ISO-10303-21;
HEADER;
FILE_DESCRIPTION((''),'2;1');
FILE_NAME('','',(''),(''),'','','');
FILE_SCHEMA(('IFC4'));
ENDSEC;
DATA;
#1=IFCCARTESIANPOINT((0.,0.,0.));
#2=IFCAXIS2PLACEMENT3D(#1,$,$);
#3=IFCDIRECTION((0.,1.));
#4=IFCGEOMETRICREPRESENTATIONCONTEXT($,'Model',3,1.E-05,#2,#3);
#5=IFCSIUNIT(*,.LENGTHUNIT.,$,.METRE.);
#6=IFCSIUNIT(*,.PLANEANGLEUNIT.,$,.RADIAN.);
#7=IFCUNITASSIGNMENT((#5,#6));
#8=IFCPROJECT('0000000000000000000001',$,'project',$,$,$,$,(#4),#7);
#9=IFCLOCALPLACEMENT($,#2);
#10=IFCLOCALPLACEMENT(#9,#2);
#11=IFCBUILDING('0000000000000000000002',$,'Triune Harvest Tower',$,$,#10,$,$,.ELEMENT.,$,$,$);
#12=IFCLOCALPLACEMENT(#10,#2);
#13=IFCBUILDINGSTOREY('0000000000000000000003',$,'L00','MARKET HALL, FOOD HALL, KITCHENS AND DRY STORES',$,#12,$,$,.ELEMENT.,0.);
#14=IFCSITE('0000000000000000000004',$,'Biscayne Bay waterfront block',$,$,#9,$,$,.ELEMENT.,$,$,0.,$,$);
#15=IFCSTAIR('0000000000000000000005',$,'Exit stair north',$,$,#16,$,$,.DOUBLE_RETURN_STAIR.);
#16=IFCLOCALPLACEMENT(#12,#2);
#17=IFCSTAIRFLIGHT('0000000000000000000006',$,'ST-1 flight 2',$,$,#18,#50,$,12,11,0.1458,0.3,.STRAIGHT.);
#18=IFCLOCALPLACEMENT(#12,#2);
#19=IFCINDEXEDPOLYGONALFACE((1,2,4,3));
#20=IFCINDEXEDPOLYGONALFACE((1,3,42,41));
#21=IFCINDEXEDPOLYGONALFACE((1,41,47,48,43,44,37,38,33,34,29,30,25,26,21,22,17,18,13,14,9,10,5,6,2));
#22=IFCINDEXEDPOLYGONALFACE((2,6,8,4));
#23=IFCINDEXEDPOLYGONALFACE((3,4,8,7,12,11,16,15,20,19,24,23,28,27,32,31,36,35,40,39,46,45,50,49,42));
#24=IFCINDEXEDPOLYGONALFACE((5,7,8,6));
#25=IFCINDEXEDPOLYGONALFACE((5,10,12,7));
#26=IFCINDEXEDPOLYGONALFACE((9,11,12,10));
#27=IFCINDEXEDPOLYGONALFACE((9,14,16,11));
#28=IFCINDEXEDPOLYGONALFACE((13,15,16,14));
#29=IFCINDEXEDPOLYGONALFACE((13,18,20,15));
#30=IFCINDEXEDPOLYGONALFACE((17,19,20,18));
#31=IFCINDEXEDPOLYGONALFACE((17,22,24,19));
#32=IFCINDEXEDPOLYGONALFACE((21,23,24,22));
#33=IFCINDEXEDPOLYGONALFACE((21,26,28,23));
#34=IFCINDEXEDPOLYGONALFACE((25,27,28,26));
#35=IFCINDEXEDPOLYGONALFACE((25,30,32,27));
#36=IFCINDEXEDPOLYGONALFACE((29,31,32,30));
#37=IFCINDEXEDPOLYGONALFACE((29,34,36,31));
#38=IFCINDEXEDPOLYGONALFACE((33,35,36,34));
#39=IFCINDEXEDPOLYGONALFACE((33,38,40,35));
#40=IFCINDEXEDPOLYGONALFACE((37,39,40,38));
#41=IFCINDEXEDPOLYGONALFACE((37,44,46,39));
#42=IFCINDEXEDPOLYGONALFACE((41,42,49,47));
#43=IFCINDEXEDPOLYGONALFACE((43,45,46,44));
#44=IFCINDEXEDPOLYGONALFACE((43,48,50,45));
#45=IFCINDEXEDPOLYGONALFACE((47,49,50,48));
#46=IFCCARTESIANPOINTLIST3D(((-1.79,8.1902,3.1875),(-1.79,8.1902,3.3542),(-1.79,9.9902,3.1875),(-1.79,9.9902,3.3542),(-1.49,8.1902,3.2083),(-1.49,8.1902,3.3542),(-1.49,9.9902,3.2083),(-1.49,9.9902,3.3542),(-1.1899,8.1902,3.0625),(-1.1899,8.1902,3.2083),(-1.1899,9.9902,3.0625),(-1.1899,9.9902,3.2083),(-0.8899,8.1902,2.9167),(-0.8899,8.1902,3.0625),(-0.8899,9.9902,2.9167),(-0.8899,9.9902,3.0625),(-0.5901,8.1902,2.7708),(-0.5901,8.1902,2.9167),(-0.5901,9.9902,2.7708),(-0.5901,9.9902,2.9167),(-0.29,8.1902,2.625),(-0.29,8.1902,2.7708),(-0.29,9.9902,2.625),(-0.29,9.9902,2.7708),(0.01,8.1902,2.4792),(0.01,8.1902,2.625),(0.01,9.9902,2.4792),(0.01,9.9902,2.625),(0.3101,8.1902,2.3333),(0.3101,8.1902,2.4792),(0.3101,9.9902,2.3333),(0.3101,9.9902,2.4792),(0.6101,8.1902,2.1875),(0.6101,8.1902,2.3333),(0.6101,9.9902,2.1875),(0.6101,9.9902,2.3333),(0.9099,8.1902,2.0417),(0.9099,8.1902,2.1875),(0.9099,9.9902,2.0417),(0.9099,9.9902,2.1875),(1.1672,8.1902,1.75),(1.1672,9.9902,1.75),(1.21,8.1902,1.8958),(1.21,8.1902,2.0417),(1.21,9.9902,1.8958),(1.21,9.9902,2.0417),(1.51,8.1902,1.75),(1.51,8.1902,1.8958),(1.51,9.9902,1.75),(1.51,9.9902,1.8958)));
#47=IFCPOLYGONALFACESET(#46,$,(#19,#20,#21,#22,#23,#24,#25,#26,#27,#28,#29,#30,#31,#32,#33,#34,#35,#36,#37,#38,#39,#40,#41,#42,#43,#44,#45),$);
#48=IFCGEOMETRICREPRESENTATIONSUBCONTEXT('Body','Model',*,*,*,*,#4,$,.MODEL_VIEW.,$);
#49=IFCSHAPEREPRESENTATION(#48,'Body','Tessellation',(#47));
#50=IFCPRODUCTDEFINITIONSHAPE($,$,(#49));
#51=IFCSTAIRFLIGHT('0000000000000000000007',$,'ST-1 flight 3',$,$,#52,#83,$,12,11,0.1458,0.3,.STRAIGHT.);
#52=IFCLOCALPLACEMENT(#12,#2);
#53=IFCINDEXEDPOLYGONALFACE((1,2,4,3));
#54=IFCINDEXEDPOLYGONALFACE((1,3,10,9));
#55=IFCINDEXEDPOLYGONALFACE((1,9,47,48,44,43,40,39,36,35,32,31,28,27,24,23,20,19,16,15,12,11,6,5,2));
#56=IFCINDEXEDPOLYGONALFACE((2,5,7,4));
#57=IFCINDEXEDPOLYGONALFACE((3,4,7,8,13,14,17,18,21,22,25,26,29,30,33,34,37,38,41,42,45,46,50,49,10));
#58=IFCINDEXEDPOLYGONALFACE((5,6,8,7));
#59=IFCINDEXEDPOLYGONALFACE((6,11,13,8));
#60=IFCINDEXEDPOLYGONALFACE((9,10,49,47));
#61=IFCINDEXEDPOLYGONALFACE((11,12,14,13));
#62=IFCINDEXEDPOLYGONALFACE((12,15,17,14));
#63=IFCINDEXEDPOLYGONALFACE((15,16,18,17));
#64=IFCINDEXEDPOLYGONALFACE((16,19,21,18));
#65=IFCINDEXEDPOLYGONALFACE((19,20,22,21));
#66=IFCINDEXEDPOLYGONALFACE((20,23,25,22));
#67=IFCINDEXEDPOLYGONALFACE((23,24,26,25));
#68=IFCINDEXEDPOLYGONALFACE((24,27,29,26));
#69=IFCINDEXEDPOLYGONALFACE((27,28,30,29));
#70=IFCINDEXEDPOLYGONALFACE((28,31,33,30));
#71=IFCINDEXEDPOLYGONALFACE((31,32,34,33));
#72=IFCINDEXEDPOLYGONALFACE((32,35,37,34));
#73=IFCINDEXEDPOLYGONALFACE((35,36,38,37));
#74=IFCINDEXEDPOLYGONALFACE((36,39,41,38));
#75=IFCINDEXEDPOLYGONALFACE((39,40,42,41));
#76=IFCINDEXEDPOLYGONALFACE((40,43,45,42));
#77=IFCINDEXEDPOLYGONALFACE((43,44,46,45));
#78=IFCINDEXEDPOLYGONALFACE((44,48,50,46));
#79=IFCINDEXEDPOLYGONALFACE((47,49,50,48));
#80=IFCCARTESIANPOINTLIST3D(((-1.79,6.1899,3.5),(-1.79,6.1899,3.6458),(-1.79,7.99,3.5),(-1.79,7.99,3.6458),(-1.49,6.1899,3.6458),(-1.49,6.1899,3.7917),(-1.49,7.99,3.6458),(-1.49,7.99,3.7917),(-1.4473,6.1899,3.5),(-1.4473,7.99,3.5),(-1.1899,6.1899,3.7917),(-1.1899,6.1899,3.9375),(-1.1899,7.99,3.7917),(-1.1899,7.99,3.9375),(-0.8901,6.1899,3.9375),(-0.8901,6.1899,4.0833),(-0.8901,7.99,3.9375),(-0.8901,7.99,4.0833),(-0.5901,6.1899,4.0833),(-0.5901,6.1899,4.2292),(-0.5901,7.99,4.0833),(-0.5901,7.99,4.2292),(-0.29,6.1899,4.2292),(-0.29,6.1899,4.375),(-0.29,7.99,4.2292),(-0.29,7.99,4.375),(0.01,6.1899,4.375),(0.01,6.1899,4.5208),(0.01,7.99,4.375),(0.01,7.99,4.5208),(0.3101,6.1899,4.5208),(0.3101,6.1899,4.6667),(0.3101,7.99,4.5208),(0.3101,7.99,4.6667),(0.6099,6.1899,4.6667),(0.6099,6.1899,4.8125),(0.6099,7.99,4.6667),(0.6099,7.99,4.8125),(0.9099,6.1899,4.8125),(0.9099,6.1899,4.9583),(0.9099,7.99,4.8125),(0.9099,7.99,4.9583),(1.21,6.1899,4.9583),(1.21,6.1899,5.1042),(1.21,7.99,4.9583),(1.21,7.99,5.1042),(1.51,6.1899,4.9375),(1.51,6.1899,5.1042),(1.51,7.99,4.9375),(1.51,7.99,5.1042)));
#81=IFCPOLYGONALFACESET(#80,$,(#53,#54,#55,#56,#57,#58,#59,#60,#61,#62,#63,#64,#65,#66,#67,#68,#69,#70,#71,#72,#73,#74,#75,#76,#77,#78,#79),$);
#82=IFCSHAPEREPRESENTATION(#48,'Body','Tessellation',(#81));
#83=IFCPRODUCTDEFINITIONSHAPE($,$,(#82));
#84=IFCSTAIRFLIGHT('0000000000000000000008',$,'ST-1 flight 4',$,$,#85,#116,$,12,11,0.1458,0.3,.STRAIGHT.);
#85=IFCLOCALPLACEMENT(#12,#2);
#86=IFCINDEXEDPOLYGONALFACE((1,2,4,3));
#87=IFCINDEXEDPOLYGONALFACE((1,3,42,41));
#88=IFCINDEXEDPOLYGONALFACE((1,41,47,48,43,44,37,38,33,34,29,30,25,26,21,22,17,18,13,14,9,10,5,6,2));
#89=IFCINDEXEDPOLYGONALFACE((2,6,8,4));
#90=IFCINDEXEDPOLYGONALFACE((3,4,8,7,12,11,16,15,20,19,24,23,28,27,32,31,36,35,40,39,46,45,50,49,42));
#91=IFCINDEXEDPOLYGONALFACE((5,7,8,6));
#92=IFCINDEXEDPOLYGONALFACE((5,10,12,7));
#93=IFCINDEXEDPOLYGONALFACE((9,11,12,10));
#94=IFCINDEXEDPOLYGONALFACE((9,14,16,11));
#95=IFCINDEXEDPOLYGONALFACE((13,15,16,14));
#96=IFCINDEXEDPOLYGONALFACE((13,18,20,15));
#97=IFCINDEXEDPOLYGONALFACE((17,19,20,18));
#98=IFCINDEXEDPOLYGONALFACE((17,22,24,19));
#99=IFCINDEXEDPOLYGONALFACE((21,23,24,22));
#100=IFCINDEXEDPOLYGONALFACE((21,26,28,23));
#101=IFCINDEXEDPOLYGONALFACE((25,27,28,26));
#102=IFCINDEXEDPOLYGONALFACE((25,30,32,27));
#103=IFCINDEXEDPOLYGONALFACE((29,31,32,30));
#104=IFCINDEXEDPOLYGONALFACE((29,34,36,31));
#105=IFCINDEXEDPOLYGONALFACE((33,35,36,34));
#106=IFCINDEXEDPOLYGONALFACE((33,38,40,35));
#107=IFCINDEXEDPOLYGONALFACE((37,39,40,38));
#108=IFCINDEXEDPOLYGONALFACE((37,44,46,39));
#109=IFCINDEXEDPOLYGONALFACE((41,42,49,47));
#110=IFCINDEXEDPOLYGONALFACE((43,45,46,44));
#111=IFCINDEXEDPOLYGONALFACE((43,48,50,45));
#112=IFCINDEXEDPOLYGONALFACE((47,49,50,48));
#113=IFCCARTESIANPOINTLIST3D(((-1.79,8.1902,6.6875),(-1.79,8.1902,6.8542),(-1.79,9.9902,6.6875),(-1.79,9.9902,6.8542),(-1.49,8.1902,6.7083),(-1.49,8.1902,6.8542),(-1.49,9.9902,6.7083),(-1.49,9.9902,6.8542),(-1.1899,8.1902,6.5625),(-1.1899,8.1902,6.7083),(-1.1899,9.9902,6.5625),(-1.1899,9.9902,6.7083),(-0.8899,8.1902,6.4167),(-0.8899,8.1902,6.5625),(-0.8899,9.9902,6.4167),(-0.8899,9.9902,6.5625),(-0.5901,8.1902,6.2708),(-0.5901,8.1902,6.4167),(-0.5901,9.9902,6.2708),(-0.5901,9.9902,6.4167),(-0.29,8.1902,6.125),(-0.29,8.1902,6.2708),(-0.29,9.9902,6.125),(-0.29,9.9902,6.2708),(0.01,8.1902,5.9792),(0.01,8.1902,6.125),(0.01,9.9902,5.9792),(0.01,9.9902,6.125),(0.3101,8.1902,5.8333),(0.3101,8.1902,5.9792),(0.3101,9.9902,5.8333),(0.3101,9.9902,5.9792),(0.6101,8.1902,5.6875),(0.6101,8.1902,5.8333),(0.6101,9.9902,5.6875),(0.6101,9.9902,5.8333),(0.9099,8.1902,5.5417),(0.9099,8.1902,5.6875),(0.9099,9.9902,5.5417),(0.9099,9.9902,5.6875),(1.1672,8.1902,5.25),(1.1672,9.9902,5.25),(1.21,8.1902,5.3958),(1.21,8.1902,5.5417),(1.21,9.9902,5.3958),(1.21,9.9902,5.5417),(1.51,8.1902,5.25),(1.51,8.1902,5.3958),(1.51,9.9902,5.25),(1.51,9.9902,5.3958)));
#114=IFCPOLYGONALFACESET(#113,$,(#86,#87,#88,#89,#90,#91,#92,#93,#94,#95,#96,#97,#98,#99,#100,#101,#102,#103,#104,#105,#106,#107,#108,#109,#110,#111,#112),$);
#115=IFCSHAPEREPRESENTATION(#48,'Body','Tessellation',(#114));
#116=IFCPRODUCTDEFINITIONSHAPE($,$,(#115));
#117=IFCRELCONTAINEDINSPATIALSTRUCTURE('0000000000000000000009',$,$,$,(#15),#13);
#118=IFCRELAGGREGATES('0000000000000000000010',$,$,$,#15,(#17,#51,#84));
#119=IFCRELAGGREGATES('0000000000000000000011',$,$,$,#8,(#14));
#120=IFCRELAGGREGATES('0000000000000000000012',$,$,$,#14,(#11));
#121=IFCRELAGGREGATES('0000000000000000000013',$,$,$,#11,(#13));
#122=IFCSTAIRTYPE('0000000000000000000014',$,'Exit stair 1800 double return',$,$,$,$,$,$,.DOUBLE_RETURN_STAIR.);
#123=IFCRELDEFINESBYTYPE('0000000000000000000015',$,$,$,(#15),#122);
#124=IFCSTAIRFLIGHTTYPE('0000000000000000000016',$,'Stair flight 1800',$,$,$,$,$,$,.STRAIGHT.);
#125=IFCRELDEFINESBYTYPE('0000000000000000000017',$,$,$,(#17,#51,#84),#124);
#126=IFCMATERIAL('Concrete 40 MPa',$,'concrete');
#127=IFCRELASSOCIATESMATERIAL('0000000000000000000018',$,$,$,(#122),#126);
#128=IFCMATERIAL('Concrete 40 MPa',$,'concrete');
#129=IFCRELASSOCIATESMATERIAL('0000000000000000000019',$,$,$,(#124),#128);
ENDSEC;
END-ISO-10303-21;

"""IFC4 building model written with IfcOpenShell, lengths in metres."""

from ifc_helpers import new_model, si_unit, direction, frame, origin, place, context, subcontext, project, spatial, polyline, outline, extrude, source, transform, mapped, material, type_object, element, aggregate, save


model = new_model("IFC4")

# Units and contexts
model_context = context("Model", 3, precision=1e-05, world=origin(), true_north=direction((0.0, 1.0)))
body_context = subcontext(model_context, "Body", "Model", "MODEL_VIEW")
ifc_project = project(units=[si_unit("LENGTHUNIT", "METRE"), si_unit("PLANEANGLEUNIT", "RADIAN")], contexts=[model_context])

# Site, building, storey
site_placement = place(None, origin())
site = spatial("IfcSite", under=ifc_project, at=site_placement, Name="Biscayne Bay waterfront block", CompositionType="ELEMENT", RefElevation=0.0)
building_placement = place(site_placement, origin())
building = spatial("IfcBuilding", under=site, at=building_placement, Name="Triune Harvest Tower", CompositionType="ELEMENT")
storey_placement = place(building_placement, origin())
storey = spatial("IfcBuildingStorey", under=building, at=storey_placement, Name="L00", Description="MARKET HALL, FOOD HALL, KITCHENS AND DRY STORES", CompositionType="ELEMENT", Elevation=0.0)

# Stair, stair flights
ifc_material_1 = material(Name="Concrete 40 MPa", Category="concrete")
stair_type = type_object("IfcStairType", Name="Exit stair 1800 double return", PredefinedType="DOUBLE_RETURN_STAIR", material=ifc_material_1)
stair_placement = place(storey_placement, origin())
stair = element("IfcStair", 1, at=stair_placement, inside=storey, type_object=stair_type, Name="Exit stair north", PredefinedType="DOUBLE_RETURN_STAIR")
ifc_material_2 = material(Name="Concrete 40 MPa", Category="concrete")
stair_flight_type = type_object("IfcStairFlightType", Name="Stair flight 1800", PredefinedType="STRAIGHT", material=ifc_material_2)
shared_shape_1 = source(origin(), body_context, "Body", "SweptSolid", [
    extrude(outline(polyline([(0.0, 0.0), (0.0, 0.1458), (0.3, 0.1458), (0.3, 0.2917), (0.6001, 0.2917), (0.6001, 0.4375), (0.8999, 0.4375), (0.8999, 0.5833), (1.2, 0.5833), (1.2, 0.7292), (1.5, 0.7292), (1.5, 0.875), (1.8, 0.875), (1.8, 1.0208), (2.1001, 1.0208), (2.1001, 1.1667), (2.3999, 1.1667), (2.3999, 1.3125), (2.7, 1.3125), (2.7, 1.4583), (3.0, 1.4583), (3.0, 1.6042), (3.3, 1.6042), (3.3, 1.75), (3.3, 1.4375), (0.3428, 0.0), (0.0, 0.0)])), frame((0.0, 0.8999, 0.0), z_axis=(0.0, -1.0, 0.0), x_axis=(1.0, 0.0, 0.0)), (0.0, 0.0, 1.0), 1.8),
])
stair_flight_1_placement = place(storey_placement, frame((1.51, 9.0901, 1.75), z_axis=(0.0, 0.0, 1.0), x_axis=(-1.0, 0.0, 0.0)))
stair_flight_1 = element("IfcStairFlight", 2, at=stair_flight_1_placement, type_object=stair_flight_type, Name="ST-1 flight 2", NumberOfRisers=12, NumberOfTreads=11, PredefinedType="STRAIGHT", RiserHeight=0.1458, TreadLength=0.3, context=body_context, shape_type="MappedRepresentation", body=[
    mapped(shared_shape_1, transform((0.0, 0.0, 0.0), scale=1.0)),
])
stair_flight_2_placement = place(storey_placement, frame((-1.79, 7.0901, 3.5), z_axis=(0.0, 0.0, 1.0), x_axis=(1.0, 0.0, 0.0)))
stair_flight_2 = element("IfcStairFlight", 3, at=stair_flight_2_placement, type_object=stair_flight_type, Name="ST-1 flight 3", NumberOfRisers=12, NumberOfTreads=11, PredefinedType="STRAIGHT", RiserHeight=0.1458, TreadLength=0.3, context=body_context, shape_type="MappedRepresentation", body=[
    mapped(shared_shape_1, transform((0.0, 0.0, 0.0), scale=1.0)),
])
stair_flight_3_placement = place(storey_placement, frame((1.51, 9.0901, 5.25), z_axis=(0.0, 0.0, 1.0), x_axis=(-1.0, 0.0, 0.0)))
stair_flight_3 = element("IfcStairFlight", 4, at=stair_flight_3_placement, type_object=stair_flight_type, Name="ST-1 flight 4", NumberOfRisers=12, NumberOfTreads=11, PredefinedType="STRAIGHT", RiserHeight=0.1458, TreadLength=0.3, context=body_context, shape_type="MappedRepresentation", body=[
    mapped(shared_shape_1, transform((0.0, 0.0, 0.0), scale=1.0)),
])
aggregate(stair, [stair_flight_1, stair_flight_2, stair_flight_3])

save(model, "model.ifc")
